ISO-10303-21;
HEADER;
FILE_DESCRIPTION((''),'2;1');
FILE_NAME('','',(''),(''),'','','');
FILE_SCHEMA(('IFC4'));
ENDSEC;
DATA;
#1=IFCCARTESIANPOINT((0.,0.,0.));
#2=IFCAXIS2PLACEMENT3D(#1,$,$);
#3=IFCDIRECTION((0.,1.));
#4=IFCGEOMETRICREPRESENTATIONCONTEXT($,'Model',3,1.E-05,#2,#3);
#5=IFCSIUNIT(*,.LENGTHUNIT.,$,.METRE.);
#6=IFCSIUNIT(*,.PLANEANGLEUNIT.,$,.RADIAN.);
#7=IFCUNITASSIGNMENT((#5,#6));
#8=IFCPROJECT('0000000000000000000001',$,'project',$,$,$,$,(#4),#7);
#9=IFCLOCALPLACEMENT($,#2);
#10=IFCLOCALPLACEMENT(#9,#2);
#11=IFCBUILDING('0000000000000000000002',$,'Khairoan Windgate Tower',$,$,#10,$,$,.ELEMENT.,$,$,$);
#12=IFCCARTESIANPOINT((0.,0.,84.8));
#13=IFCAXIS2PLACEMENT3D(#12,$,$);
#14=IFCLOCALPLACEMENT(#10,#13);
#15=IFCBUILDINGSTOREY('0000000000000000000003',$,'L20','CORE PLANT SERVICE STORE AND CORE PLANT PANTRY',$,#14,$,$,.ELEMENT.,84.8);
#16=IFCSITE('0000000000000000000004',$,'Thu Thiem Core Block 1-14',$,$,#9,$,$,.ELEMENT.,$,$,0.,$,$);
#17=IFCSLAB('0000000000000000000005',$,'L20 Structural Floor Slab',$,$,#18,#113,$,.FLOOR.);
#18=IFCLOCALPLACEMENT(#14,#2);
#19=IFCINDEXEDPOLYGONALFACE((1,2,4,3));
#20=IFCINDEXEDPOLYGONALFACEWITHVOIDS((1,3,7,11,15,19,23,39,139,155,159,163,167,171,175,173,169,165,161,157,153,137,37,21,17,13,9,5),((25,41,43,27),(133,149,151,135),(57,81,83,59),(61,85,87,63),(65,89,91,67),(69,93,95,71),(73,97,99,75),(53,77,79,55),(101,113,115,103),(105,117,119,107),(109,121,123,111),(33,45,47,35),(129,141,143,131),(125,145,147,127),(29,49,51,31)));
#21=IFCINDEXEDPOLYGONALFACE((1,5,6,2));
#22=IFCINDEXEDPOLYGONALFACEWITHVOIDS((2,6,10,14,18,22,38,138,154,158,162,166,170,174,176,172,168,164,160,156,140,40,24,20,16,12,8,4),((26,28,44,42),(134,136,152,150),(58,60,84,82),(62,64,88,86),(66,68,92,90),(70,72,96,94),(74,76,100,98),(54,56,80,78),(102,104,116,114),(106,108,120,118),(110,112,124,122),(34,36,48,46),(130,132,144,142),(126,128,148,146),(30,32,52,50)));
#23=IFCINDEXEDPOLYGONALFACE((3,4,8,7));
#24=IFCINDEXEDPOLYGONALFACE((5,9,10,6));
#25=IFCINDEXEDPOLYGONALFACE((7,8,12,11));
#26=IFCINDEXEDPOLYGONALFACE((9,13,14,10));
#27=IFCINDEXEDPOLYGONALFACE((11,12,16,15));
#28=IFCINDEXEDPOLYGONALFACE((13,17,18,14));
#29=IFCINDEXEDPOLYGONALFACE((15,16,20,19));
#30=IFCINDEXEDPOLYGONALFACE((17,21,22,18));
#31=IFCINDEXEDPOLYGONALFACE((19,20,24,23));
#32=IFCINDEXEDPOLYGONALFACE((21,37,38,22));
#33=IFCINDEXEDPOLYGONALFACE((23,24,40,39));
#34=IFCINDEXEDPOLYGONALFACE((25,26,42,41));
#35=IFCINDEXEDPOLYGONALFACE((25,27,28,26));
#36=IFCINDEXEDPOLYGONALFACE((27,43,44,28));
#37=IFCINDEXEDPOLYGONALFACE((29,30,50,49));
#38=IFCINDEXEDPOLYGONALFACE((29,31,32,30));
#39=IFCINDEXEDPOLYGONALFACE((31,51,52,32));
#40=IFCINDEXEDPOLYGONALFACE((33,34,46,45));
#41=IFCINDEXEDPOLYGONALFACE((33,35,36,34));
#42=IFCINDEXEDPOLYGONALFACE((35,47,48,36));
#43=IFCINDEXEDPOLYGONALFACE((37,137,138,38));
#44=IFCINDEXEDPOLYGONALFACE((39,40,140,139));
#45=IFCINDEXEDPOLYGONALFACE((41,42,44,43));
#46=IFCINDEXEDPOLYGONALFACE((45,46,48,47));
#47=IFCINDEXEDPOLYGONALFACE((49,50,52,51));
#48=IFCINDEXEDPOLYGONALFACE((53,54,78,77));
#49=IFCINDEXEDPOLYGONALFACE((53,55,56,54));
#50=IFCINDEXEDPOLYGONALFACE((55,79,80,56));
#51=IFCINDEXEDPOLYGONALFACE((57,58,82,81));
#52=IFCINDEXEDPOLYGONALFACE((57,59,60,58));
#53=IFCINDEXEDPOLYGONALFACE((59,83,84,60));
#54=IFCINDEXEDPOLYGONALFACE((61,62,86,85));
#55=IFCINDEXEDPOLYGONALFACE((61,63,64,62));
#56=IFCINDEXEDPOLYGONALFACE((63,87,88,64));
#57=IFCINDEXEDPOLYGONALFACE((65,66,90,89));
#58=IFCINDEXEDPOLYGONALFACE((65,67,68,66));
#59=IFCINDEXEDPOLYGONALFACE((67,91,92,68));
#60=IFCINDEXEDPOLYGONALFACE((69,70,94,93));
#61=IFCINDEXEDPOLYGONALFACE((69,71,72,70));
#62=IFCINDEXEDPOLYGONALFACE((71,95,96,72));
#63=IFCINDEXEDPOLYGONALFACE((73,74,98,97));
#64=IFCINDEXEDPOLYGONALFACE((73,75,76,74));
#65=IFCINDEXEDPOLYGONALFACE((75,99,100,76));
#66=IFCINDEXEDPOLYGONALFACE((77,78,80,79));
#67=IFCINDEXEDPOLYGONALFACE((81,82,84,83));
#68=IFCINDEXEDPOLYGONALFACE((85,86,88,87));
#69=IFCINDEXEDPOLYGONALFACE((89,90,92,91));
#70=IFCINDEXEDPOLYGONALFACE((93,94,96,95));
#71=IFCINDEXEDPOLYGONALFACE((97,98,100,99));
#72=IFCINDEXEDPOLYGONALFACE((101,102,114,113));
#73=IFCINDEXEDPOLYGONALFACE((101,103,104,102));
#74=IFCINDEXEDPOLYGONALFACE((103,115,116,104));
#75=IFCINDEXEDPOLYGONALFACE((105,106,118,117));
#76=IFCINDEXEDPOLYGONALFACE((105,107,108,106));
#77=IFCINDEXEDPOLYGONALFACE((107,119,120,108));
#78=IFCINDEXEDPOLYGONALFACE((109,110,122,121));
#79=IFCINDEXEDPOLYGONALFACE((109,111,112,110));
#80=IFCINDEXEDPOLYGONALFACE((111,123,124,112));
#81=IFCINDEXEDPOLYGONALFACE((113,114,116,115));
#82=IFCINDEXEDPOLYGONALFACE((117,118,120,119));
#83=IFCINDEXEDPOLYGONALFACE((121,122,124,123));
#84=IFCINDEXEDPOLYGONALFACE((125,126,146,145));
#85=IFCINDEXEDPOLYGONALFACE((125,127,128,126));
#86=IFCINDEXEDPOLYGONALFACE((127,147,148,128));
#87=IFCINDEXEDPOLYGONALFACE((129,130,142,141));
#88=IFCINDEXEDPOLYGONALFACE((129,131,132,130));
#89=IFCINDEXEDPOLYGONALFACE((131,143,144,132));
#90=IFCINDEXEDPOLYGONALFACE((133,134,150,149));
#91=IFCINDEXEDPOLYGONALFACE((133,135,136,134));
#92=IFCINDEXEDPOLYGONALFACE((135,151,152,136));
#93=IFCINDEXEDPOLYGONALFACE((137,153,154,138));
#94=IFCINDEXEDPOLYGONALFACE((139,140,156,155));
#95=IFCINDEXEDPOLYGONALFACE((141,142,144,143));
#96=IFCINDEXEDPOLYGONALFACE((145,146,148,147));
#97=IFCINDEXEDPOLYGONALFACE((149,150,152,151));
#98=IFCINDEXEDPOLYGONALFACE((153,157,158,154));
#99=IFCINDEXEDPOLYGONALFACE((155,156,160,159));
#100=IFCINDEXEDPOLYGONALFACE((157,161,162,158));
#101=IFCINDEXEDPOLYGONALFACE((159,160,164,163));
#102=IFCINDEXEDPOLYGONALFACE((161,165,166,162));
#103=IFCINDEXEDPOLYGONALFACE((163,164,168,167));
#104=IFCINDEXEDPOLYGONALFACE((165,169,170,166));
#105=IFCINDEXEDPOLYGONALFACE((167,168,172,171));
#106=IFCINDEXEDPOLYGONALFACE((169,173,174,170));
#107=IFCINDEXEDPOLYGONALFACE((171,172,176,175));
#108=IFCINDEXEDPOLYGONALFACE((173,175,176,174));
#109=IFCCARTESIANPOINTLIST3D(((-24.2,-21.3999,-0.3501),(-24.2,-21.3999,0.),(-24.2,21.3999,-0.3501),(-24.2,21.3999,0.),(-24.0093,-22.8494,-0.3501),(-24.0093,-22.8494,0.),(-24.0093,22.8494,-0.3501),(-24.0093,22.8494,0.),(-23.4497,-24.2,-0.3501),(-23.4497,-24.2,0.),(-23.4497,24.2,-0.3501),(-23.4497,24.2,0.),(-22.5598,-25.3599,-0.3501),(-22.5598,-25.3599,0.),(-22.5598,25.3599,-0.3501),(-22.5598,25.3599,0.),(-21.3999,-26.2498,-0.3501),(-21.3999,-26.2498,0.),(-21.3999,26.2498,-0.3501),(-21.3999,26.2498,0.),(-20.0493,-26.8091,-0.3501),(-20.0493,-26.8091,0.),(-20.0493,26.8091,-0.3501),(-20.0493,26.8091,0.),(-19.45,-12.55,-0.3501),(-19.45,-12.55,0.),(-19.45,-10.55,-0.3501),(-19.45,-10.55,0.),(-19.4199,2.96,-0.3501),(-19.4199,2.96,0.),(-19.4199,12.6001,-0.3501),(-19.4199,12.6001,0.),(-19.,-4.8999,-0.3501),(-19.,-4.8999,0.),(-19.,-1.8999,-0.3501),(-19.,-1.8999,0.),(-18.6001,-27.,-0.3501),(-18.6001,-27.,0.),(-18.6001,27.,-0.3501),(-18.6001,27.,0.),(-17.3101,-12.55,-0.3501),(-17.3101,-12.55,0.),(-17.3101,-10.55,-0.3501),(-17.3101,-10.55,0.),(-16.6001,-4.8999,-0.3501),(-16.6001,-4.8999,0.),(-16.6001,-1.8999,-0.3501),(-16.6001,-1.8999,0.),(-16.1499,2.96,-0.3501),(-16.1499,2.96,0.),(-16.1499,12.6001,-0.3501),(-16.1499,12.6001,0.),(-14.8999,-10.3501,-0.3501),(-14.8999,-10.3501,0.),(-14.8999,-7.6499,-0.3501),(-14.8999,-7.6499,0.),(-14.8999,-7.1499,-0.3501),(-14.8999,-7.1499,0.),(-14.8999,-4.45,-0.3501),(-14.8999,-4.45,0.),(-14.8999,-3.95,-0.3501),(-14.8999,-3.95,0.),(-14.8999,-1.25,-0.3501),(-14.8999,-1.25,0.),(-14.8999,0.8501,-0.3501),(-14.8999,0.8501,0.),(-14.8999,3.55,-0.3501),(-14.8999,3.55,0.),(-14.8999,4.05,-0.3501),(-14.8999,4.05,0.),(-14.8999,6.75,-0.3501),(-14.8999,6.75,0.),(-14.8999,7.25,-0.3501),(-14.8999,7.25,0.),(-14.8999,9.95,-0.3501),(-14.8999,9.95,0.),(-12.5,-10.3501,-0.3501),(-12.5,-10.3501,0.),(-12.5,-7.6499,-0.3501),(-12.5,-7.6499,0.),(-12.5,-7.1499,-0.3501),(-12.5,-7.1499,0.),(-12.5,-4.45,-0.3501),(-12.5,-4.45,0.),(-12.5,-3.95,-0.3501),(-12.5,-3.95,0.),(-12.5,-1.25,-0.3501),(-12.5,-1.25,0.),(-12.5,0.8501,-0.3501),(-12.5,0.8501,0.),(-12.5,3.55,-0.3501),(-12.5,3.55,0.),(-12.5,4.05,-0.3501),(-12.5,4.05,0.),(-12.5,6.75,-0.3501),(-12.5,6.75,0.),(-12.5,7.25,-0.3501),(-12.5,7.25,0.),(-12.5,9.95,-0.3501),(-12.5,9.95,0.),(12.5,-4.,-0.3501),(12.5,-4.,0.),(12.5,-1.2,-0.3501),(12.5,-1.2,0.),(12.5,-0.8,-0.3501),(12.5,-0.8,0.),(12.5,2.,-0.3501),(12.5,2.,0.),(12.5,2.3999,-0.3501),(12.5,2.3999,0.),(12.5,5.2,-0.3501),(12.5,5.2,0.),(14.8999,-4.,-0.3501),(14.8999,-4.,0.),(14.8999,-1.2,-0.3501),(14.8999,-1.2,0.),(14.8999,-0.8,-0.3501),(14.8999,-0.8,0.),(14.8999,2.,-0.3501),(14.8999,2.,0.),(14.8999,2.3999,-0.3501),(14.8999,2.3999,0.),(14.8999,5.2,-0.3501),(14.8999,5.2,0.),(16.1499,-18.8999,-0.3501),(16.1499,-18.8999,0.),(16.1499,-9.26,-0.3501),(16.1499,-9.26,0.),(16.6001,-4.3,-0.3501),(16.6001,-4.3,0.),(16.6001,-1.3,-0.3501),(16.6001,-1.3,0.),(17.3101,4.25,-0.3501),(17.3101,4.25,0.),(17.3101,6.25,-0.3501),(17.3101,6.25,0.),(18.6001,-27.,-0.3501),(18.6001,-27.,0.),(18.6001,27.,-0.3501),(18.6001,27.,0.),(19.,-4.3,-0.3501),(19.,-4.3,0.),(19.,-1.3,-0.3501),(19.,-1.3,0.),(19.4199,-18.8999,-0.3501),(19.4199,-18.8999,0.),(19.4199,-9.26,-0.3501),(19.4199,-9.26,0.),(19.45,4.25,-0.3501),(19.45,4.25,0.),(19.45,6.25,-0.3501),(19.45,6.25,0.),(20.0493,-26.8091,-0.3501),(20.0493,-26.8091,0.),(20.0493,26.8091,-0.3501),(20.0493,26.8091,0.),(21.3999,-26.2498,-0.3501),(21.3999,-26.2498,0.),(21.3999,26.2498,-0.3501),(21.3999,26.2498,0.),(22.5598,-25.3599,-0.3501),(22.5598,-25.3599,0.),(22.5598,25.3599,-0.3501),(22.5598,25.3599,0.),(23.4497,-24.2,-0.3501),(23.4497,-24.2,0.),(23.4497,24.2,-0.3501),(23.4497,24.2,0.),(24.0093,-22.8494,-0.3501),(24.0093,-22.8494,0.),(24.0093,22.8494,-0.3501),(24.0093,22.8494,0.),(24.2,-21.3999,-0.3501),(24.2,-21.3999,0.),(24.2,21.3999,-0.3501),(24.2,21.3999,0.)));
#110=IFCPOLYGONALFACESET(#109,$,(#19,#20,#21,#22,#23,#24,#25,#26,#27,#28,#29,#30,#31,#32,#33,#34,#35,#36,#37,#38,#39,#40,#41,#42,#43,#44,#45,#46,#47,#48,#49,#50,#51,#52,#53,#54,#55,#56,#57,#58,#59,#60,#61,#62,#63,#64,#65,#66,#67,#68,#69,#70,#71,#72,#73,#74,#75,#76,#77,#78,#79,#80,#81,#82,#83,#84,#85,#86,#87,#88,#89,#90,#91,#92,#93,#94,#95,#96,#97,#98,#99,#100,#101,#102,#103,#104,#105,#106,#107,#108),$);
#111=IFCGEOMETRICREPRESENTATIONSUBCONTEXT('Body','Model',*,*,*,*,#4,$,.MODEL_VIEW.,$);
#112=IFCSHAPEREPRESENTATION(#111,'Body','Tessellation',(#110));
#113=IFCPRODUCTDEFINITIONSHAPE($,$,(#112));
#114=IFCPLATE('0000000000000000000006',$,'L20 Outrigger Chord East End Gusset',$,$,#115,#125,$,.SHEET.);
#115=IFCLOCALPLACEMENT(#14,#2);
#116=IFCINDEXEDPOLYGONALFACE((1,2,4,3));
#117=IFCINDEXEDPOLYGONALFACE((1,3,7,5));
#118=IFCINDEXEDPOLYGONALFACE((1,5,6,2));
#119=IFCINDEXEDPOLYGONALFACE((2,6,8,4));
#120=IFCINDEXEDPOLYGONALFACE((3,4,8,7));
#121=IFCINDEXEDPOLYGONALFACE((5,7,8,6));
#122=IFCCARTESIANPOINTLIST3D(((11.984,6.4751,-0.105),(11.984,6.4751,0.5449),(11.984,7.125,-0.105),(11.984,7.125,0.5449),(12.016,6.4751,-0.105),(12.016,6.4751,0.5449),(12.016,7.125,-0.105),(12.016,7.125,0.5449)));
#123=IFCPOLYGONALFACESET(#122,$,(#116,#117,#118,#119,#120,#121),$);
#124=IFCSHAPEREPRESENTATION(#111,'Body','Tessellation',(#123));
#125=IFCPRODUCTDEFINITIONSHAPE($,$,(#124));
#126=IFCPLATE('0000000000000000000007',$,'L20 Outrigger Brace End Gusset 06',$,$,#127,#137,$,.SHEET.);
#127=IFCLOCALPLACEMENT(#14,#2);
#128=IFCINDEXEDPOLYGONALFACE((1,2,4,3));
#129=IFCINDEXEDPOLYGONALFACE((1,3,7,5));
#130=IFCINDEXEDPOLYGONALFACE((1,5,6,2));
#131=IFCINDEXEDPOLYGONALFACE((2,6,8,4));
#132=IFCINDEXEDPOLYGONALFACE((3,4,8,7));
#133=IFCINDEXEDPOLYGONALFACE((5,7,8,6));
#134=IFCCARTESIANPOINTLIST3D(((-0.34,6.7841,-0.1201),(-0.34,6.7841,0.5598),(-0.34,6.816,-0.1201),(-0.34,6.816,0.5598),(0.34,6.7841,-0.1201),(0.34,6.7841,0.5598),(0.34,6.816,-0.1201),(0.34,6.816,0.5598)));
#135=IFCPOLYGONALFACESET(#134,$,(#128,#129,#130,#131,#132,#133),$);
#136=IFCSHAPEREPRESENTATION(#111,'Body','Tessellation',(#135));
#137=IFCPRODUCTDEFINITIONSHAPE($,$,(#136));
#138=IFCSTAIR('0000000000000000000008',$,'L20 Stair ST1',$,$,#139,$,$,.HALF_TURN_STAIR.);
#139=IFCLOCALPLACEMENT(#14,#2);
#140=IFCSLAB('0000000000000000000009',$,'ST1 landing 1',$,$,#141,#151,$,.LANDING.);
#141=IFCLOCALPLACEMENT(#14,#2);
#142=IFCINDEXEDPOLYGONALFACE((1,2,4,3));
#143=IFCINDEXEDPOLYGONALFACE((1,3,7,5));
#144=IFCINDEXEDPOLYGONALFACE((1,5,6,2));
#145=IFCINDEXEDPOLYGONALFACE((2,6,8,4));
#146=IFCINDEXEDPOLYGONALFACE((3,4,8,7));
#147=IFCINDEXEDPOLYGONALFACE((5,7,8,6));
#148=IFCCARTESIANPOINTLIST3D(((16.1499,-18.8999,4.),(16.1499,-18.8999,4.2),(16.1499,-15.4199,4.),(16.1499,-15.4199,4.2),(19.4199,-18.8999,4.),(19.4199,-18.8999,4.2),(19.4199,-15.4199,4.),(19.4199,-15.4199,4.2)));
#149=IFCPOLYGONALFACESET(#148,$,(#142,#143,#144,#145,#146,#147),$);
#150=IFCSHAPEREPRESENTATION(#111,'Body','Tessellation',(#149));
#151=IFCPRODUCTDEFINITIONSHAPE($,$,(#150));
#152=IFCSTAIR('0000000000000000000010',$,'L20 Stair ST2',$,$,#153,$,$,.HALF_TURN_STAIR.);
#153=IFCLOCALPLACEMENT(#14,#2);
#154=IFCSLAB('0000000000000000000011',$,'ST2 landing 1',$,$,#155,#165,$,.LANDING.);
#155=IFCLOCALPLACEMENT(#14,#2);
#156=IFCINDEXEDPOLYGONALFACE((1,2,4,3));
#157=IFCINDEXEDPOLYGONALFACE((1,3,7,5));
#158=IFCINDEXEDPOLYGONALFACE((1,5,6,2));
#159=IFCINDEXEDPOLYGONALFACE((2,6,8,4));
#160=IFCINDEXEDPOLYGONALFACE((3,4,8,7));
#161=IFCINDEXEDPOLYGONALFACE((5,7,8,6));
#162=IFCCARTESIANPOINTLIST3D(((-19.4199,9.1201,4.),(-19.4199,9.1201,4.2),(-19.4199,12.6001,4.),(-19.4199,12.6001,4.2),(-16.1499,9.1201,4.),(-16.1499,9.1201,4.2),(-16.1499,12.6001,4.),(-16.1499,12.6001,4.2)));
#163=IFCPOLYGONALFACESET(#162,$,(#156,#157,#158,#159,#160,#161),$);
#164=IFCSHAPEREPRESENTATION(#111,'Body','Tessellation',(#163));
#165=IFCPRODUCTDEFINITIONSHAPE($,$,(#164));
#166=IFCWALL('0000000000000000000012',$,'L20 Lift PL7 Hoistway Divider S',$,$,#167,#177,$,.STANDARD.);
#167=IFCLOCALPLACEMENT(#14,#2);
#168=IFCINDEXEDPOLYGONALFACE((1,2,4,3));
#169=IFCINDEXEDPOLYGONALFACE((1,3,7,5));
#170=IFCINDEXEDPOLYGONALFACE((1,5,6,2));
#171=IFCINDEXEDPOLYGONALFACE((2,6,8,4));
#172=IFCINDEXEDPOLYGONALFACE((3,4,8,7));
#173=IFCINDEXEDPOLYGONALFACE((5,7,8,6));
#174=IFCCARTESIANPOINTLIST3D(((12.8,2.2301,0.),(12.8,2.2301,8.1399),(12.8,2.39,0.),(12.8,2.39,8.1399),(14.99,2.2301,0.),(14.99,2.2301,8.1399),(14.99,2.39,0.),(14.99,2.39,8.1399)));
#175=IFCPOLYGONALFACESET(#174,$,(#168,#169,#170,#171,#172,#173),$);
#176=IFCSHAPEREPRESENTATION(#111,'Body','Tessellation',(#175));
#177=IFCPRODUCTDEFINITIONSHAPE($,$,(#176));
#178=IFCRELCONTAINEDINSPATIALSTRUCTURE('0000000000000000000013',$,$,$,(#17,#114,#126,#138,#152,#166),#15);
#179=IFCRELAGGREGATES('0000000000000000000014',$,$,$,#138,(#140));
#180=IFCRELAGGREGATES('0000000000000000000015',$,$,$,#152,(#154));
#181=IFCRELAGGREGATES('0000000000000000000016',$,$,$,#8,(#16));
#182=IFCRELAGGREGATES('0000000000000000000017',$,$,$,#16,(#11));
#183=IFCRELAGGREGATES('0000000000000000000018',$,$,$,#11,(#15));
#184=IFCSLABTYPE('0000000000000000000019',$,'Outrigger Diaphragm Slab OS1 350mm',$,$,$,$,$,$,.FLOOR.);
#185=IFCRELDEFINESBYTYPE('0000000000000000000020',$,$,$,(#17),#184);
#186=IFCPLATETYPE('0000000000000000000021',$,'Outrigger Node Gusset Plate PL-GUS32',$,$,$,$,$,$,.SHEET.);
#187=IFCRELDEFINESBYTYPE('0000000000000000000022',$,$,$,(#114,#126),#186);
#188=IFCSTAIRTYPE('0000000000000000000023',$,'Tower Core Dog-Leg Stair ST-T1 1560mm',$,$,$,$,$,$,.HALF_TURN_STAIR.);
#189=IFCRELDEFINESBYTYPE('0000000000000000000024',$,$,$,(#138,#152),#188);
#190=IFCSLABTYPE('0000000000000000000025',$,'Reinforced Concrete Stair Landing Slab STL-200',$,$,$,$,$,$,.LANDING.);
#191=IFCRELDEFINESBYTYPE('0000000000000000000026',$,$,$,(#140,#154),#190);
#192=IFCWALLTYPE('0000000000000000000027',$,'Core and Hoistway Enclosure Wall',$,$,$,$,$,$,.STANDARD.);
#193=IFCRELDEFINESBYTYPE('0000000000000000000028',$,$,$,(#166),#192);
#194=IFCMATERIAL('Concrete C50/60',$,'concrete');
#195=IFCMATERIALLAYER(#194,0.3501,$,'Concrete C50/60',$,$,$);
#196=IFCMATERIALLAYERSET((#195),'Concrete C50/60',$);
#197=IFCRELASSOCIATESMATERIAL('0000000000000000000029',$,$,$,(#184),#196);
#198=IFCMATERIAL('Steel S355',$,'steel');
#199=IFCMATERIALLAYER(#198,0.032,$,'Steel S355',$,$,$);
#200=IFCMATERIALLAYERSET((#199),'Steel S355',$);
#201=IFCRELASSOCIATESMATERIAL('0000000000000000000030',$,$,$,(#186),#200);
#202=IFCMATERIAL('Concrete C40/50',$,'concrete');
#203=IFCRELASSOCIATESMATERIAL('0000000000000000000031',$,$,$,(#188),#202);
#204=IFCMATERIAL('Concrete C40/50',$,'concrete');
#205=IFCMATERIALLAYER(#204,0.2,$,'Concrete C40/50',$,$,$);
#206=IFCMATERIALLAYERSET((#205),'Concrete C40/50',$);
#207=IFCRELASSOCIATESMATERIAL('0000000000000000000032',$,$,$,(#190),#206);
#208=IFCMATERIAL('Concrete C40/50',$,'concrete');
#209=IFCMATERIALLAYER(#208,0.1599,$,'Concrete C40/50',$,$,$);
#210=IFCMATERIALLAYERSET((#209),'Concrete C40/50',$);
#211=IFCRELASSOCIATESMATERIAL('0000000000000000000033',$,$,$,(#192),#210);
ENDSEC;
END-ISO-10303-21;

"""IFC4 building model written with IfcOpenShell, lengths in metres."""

from ifc_helpers import new_model, si_unit, direction, frame, frame_2d, origin, origin_2d, place, context, subcontext, project, spatial, polyline, rectangle, outline, extrude, material, layer, layer_set, type_object, element, aggregate, save


model = new_model("IFC4")

# Units and contexts
model_context = context("Model", 3, precision=1e-05, world=origin(), true_north=direction((0.0, 1.0)))
body_context = subcontext(model_context, "Body", "Model", "MODEL_VIEW")
ifc_project = project(units=[si_unit("LENGTHUNIT", "METRE"), si_unit("PLANEANGLEUNIT", "RADIAN")], contexts=[model_context])

# Site, building, storey
site_placement = place(None, origin())
site = spatial("IfcSite", under=ifc_project, at=site_placement, Name="Thu Thiem Core Block 1-14", CompositionType="ELEMENT", RefElevation=0.0)
building_placement = place(site_placement, origin())
building = spatial("IfcBuilding", under=site, at=building_placement, Name="Khairoan Windgate Tower", CompositionType="ELEMENT")
storey_placement = place(building_placement, frame((0.0, 0.0, 84.8)))
storey = spatial("IfcBuildingStorey", under=building, at=storey_placement, Name="L20", Description="CORE PLANT SERVICE STORE AND CORE PLANT PANTRY", CompositionType="ELEMENT", Elevation=84.8)

# Slab
ifc_material_1 = material(Name="Concrete C50/60", Category="concrete")
ifc_layer_1 = layer(ifc_material_1, 0.3501, Name="Concrete C50/60")
ifc_layer_set_1 = layer_set([ifc_layer_1], Name="Concrete C50/60")
slab_type_1 = type_object("IfcSlabType", Name="Outrigger Diaphragm Slab OS1 350mm", PredefinedType="FLOOR", material=ifc_layer_set_1)
slab_1_placement = place(storey_placement, frame((0.0, 0.0, -0.3501)))
element("IfcSlab", 1, at=slab_1_placement, inside=storey, type_object=slab_type_1, Name="L20 Structural Floor Slab", PredefinedType="FLOOR", context=body_context, shape_type="SweptSolid", body=[
    extrude(outline(polyline([(18.6001, -27.0), (20.0493, -26.8091), (21.3999, -26.2498), (22.5598, -25.3599), (23.4497, -24.2), (24.0093, -22.8494), (24.2, -21.3999), (24.2, 21.3999), (24.0093, 22.8494), (23.4497, 24.2), (22.5598, 25.3599), (21.3999, 26.2498), (20.0493, 26.8091), (18.6001, 27.0), (-18.6001, 27.0), (-20.0493, 26.8091), (-21.3999, 26.2498), (-22.5598, 25.3599), (-23.4497, 24.2), (-24.0093, 22.8494), (-24.2, 21.3999), (-24.2, -21.3999), (-24.0093, -22.8494), (-23.4497, -24.2), (-22.5598, -25.3599), (-21.3999, -26.2498), (-20.0493, -26.8091), (-18.6001, -27.0), (18.6001, -27.0)]), holes=[polyline([(16.1499, -9.26), (16.1499, -18.8999), (19.4199, -18.8999), (19.4199, -9.26), (16.1499, -9.26)]), polyline([(-16.1499, 2.96), (-16.1499, 12.6001), (-19.4199, 12.6001), (-19.4199, 2.96), (-16.1499, 2.96)]), polyline([(-14.8999, 7.25), (-12.5, 7.25), (-12.5, 9.95), (-14.8999, 9.95), (-14.8999, 7.25)]), polyline([(-14.8999, 4.05), (-12.5, 4.05), (-12.5, 6.75), (-14.8999, 6.75), (-14.8999, 4.05)]), polyline([(-14.8999, 0.8501), (-12.5, 0.8501), (-12.5, 3.55), (-14.8999, 3.55), (-14.8999, 0.8501)]), polyline([(-14.8999, -3.95), (-12.5, -3.95), (-12.5, -1.25), (-14.8999, -1.25), (-14.8999, -3.95)]), polyline([(-14.8999, -7.1499), (-12.5, -7.1499), (-12.5, -4.45), (-14.8999, -4.45), (-14.8999, -7.1499)]), polyline([(-14.8999, -10.3501), (-12.5, -10.3501), (-12.5, -7.6499), (-14.8999, -7.6499), (-14.8999, -10.3501)]), polyline([(12.5, 2.3999), (14.8999, 2.3999), (14.8999, 5.2), (12.5, 5.2), (12.5, 2.3999)]), polyline([(12.5, -0.8), (14.8999, -0.8), (14.8999, 2.0), (12.5, 2.0), (12.5, -0.8)]), polyline([(12.5, -4.0), (14.8999, -4.0), (14.8999, -1.2), (12.5, -1.2), (12.5, -4.0)]), polyline([(16.6001, -4.3), (19.0, -4.3), (19.0, -1.3), (16.6001, -1.3), (16.6001, -4.3)]), polyline([(-19.0, -4.8999), (-16.6001, -4.8999), (-16.6001, -1.8999), (-19.0, -1.8999), (-19.0, -4.8999)]), polyline([(-19.45, -12.55), (-17.3101, -12.55), (-17.3101, -10.55), (-19.45, -10.55), (-19.45, -12.55)]), polyline([(17.3101, 4.25), (19.45, 4.25), (19.45, 6.25), (17.3101, 6.25), (17.3101, 4.25)])]), origin(), (0.0, 0.0, 1.0), 0.3501),
])

# Plates
ifc_material_2 = material(Name="Steel S355", Category="steel")
ifc_layer_2 = layer(ifc_material_2, 0.032, Name="Steel S355")
ifc_layer_set_2 = layer_set([ifc_layer_2], Name="Steel S355")
plate_type_1 = type_object("IfcPlateType", Name="Outrigger Node Gusset Plate PL-GUS32", PredefinedType="SHEET", material=ifc_layer_set_2)
plate_1_placement = place(storey_placement, frame((12.0, 6.8, -0.105), z_axis=(0.0, 0.0, 1.0), x_axis=(1.0, 0.0, 0.0)))
element("IfcPlate", 2, at=plate_1_placement, inside=storey, type_object=plate_type_1, Name="L20 Outrigger Chord East End Gusset", PredefinedType="SHEET", context=body_context, shape_type="SweptSolid", body=[
    extrude(rectangle(XDim=0.032, YDim=0.6499, at=origin_2d()), origin(), (0.0, 0.0, 1.0), 0.6499),
])
plate_2_placement = place(storey_placement, frame((0.0, 6.8, -0.1201), z_axis=(0.0, 0.0, 1.0), x_axis=(1.0, 0.0, 0.0)))
element("IfcPlate", 3, at=plate_2_placement, inside=storey, type_object=plate_type_1, Name="L20 Outrigger Brace End Gusset 06", PredefinedType="SHEET", context=body_context, shape_type="SweptSolid", body=[
    extrude(rectangle(XDim=0.6799, YDim=0.032, at=origin_2d()), origin(), (0.0, 0.0, 1.0), 0.6799),
])

# Stairs, slabs
ifc_material_3 = material(Name="Concrete C40/50", Category="concrete")
stair_type = type_object("IfcStairType", Name="Tower Core Dog-Leg Stair ST-T1 1560mm", PredefinedType="HALF_TURN_STAIR", material=ifc_material_3)
stair_1_placement = place(storey_placement, origin())
stair_1 = element("IfcStair", 4, at=stair_1_placement, inside=storey, type_object=stair_type, Name="L20 Stair ST1", PredefinedType="HALF_TURN_STAIR")
ifc_material_4 = material(Name="Concrete C40/50", Category="concrete")
ifc_layer_3 = layer(ifc_material_4, 0.2, Name="Concrete C40/50")
ifc_layer_set_3 = layer_set([ifc_layer_3], Name="Concrete C40/50")
slab_type_2 = type_object("IfcSlabType", Name="Reinforced Concrete Stair Landing Slab STL-200", PredefinedType="LANDING", material=ifc_layer_set_3)
slab_2_placement = place(storey_placement, frame((0.0, 0.0, 4.0)))
slab_2 = element("IfcSlab", 5, at=slab_2_placement, type_object=slab_type_2, Name="ST1 landing 1", PredefinedType="LANDING", context=body_context, shape_type="SweptSolid", body=[
    extrude(outline(polyline([(16.1499, -15.4199), (16.1499, -18.8999), (19.4199, -18.8999), (19.4199, -15.4199), (16.1499, -15.4199)])), origin(), (0.0, 0.0, 1.0), 0.2),
])
aggregate(stair_1, [slab_2])
stair_2_placement = place(storey_placement, origin())
stair_2 = element("IfcStair", 6, at=stair_2_placement, inside=storey, type_object=stair_type, Name="L20 Stair ST2", PredefinedType="HALF_TURN_STAIR")
slab_3_placement = place(storey_placement, frame((0.0, 0.0, 4.0)))
slab_3 = element("IfcSlab", 7, at=slab_3_placement, type_object=slab_type_2, Name="ST2 landing 1", PredefinedType="LANDING", context=body_context, shape_type="SweptSolid", body=[
    extrude(outline(polyline([(-16.1499, 9.1201), (-16.1499, 12.6001), (-19.4199, 12.6001), (-19.4199, 9.1201), (-16.1499, 9.1201)])), origin(), (0.0, 0.0, 1.0), 0.2),
])
aggregate(stair_2, [slab_3])

# Wall
ifc_material_5 = material(Name="Concrete C40/50", Category="concrete")
ifc_layer_4 = layer(ifc_material_5, 0.1599, Name="Concrete C40/50")
ifc_layer_set_4 = layer_set([ifc_layer_4], Name="Concrete C40/50")
wall_type_1 = type_object("IfcWallType", Name="Core and Hoistway Enclosure Wall", PredefinedType="STANDARD", material=ifc_layer_set_4)
for number, where, z_axis, x_axis, name in (
    (8, (12.8, 2.3101, 0.0), (0.0, 0.0, 1.0), (1.0, 0.0, 0.0), "L20 Lift PL7 Hoistway Divider S"),
):
    element("IfcWall", number, at=place(storey_placement, frame(where, z_axis=z_axis, x_axis=x_axis)), inside=storey, type_object=wall_type_1, Name=name, PredefinedType="STANDARD", context=body_context, shape_type="SweptSolid", body=[
        extrude(rectangle(XDim=2.1899, YDim=0.1599, at=frame_2d((1.095, 0.0))), origin(), (0.0, 0.0, 1.0), 8.1399),
    ])

save(model, "model.ifc")
